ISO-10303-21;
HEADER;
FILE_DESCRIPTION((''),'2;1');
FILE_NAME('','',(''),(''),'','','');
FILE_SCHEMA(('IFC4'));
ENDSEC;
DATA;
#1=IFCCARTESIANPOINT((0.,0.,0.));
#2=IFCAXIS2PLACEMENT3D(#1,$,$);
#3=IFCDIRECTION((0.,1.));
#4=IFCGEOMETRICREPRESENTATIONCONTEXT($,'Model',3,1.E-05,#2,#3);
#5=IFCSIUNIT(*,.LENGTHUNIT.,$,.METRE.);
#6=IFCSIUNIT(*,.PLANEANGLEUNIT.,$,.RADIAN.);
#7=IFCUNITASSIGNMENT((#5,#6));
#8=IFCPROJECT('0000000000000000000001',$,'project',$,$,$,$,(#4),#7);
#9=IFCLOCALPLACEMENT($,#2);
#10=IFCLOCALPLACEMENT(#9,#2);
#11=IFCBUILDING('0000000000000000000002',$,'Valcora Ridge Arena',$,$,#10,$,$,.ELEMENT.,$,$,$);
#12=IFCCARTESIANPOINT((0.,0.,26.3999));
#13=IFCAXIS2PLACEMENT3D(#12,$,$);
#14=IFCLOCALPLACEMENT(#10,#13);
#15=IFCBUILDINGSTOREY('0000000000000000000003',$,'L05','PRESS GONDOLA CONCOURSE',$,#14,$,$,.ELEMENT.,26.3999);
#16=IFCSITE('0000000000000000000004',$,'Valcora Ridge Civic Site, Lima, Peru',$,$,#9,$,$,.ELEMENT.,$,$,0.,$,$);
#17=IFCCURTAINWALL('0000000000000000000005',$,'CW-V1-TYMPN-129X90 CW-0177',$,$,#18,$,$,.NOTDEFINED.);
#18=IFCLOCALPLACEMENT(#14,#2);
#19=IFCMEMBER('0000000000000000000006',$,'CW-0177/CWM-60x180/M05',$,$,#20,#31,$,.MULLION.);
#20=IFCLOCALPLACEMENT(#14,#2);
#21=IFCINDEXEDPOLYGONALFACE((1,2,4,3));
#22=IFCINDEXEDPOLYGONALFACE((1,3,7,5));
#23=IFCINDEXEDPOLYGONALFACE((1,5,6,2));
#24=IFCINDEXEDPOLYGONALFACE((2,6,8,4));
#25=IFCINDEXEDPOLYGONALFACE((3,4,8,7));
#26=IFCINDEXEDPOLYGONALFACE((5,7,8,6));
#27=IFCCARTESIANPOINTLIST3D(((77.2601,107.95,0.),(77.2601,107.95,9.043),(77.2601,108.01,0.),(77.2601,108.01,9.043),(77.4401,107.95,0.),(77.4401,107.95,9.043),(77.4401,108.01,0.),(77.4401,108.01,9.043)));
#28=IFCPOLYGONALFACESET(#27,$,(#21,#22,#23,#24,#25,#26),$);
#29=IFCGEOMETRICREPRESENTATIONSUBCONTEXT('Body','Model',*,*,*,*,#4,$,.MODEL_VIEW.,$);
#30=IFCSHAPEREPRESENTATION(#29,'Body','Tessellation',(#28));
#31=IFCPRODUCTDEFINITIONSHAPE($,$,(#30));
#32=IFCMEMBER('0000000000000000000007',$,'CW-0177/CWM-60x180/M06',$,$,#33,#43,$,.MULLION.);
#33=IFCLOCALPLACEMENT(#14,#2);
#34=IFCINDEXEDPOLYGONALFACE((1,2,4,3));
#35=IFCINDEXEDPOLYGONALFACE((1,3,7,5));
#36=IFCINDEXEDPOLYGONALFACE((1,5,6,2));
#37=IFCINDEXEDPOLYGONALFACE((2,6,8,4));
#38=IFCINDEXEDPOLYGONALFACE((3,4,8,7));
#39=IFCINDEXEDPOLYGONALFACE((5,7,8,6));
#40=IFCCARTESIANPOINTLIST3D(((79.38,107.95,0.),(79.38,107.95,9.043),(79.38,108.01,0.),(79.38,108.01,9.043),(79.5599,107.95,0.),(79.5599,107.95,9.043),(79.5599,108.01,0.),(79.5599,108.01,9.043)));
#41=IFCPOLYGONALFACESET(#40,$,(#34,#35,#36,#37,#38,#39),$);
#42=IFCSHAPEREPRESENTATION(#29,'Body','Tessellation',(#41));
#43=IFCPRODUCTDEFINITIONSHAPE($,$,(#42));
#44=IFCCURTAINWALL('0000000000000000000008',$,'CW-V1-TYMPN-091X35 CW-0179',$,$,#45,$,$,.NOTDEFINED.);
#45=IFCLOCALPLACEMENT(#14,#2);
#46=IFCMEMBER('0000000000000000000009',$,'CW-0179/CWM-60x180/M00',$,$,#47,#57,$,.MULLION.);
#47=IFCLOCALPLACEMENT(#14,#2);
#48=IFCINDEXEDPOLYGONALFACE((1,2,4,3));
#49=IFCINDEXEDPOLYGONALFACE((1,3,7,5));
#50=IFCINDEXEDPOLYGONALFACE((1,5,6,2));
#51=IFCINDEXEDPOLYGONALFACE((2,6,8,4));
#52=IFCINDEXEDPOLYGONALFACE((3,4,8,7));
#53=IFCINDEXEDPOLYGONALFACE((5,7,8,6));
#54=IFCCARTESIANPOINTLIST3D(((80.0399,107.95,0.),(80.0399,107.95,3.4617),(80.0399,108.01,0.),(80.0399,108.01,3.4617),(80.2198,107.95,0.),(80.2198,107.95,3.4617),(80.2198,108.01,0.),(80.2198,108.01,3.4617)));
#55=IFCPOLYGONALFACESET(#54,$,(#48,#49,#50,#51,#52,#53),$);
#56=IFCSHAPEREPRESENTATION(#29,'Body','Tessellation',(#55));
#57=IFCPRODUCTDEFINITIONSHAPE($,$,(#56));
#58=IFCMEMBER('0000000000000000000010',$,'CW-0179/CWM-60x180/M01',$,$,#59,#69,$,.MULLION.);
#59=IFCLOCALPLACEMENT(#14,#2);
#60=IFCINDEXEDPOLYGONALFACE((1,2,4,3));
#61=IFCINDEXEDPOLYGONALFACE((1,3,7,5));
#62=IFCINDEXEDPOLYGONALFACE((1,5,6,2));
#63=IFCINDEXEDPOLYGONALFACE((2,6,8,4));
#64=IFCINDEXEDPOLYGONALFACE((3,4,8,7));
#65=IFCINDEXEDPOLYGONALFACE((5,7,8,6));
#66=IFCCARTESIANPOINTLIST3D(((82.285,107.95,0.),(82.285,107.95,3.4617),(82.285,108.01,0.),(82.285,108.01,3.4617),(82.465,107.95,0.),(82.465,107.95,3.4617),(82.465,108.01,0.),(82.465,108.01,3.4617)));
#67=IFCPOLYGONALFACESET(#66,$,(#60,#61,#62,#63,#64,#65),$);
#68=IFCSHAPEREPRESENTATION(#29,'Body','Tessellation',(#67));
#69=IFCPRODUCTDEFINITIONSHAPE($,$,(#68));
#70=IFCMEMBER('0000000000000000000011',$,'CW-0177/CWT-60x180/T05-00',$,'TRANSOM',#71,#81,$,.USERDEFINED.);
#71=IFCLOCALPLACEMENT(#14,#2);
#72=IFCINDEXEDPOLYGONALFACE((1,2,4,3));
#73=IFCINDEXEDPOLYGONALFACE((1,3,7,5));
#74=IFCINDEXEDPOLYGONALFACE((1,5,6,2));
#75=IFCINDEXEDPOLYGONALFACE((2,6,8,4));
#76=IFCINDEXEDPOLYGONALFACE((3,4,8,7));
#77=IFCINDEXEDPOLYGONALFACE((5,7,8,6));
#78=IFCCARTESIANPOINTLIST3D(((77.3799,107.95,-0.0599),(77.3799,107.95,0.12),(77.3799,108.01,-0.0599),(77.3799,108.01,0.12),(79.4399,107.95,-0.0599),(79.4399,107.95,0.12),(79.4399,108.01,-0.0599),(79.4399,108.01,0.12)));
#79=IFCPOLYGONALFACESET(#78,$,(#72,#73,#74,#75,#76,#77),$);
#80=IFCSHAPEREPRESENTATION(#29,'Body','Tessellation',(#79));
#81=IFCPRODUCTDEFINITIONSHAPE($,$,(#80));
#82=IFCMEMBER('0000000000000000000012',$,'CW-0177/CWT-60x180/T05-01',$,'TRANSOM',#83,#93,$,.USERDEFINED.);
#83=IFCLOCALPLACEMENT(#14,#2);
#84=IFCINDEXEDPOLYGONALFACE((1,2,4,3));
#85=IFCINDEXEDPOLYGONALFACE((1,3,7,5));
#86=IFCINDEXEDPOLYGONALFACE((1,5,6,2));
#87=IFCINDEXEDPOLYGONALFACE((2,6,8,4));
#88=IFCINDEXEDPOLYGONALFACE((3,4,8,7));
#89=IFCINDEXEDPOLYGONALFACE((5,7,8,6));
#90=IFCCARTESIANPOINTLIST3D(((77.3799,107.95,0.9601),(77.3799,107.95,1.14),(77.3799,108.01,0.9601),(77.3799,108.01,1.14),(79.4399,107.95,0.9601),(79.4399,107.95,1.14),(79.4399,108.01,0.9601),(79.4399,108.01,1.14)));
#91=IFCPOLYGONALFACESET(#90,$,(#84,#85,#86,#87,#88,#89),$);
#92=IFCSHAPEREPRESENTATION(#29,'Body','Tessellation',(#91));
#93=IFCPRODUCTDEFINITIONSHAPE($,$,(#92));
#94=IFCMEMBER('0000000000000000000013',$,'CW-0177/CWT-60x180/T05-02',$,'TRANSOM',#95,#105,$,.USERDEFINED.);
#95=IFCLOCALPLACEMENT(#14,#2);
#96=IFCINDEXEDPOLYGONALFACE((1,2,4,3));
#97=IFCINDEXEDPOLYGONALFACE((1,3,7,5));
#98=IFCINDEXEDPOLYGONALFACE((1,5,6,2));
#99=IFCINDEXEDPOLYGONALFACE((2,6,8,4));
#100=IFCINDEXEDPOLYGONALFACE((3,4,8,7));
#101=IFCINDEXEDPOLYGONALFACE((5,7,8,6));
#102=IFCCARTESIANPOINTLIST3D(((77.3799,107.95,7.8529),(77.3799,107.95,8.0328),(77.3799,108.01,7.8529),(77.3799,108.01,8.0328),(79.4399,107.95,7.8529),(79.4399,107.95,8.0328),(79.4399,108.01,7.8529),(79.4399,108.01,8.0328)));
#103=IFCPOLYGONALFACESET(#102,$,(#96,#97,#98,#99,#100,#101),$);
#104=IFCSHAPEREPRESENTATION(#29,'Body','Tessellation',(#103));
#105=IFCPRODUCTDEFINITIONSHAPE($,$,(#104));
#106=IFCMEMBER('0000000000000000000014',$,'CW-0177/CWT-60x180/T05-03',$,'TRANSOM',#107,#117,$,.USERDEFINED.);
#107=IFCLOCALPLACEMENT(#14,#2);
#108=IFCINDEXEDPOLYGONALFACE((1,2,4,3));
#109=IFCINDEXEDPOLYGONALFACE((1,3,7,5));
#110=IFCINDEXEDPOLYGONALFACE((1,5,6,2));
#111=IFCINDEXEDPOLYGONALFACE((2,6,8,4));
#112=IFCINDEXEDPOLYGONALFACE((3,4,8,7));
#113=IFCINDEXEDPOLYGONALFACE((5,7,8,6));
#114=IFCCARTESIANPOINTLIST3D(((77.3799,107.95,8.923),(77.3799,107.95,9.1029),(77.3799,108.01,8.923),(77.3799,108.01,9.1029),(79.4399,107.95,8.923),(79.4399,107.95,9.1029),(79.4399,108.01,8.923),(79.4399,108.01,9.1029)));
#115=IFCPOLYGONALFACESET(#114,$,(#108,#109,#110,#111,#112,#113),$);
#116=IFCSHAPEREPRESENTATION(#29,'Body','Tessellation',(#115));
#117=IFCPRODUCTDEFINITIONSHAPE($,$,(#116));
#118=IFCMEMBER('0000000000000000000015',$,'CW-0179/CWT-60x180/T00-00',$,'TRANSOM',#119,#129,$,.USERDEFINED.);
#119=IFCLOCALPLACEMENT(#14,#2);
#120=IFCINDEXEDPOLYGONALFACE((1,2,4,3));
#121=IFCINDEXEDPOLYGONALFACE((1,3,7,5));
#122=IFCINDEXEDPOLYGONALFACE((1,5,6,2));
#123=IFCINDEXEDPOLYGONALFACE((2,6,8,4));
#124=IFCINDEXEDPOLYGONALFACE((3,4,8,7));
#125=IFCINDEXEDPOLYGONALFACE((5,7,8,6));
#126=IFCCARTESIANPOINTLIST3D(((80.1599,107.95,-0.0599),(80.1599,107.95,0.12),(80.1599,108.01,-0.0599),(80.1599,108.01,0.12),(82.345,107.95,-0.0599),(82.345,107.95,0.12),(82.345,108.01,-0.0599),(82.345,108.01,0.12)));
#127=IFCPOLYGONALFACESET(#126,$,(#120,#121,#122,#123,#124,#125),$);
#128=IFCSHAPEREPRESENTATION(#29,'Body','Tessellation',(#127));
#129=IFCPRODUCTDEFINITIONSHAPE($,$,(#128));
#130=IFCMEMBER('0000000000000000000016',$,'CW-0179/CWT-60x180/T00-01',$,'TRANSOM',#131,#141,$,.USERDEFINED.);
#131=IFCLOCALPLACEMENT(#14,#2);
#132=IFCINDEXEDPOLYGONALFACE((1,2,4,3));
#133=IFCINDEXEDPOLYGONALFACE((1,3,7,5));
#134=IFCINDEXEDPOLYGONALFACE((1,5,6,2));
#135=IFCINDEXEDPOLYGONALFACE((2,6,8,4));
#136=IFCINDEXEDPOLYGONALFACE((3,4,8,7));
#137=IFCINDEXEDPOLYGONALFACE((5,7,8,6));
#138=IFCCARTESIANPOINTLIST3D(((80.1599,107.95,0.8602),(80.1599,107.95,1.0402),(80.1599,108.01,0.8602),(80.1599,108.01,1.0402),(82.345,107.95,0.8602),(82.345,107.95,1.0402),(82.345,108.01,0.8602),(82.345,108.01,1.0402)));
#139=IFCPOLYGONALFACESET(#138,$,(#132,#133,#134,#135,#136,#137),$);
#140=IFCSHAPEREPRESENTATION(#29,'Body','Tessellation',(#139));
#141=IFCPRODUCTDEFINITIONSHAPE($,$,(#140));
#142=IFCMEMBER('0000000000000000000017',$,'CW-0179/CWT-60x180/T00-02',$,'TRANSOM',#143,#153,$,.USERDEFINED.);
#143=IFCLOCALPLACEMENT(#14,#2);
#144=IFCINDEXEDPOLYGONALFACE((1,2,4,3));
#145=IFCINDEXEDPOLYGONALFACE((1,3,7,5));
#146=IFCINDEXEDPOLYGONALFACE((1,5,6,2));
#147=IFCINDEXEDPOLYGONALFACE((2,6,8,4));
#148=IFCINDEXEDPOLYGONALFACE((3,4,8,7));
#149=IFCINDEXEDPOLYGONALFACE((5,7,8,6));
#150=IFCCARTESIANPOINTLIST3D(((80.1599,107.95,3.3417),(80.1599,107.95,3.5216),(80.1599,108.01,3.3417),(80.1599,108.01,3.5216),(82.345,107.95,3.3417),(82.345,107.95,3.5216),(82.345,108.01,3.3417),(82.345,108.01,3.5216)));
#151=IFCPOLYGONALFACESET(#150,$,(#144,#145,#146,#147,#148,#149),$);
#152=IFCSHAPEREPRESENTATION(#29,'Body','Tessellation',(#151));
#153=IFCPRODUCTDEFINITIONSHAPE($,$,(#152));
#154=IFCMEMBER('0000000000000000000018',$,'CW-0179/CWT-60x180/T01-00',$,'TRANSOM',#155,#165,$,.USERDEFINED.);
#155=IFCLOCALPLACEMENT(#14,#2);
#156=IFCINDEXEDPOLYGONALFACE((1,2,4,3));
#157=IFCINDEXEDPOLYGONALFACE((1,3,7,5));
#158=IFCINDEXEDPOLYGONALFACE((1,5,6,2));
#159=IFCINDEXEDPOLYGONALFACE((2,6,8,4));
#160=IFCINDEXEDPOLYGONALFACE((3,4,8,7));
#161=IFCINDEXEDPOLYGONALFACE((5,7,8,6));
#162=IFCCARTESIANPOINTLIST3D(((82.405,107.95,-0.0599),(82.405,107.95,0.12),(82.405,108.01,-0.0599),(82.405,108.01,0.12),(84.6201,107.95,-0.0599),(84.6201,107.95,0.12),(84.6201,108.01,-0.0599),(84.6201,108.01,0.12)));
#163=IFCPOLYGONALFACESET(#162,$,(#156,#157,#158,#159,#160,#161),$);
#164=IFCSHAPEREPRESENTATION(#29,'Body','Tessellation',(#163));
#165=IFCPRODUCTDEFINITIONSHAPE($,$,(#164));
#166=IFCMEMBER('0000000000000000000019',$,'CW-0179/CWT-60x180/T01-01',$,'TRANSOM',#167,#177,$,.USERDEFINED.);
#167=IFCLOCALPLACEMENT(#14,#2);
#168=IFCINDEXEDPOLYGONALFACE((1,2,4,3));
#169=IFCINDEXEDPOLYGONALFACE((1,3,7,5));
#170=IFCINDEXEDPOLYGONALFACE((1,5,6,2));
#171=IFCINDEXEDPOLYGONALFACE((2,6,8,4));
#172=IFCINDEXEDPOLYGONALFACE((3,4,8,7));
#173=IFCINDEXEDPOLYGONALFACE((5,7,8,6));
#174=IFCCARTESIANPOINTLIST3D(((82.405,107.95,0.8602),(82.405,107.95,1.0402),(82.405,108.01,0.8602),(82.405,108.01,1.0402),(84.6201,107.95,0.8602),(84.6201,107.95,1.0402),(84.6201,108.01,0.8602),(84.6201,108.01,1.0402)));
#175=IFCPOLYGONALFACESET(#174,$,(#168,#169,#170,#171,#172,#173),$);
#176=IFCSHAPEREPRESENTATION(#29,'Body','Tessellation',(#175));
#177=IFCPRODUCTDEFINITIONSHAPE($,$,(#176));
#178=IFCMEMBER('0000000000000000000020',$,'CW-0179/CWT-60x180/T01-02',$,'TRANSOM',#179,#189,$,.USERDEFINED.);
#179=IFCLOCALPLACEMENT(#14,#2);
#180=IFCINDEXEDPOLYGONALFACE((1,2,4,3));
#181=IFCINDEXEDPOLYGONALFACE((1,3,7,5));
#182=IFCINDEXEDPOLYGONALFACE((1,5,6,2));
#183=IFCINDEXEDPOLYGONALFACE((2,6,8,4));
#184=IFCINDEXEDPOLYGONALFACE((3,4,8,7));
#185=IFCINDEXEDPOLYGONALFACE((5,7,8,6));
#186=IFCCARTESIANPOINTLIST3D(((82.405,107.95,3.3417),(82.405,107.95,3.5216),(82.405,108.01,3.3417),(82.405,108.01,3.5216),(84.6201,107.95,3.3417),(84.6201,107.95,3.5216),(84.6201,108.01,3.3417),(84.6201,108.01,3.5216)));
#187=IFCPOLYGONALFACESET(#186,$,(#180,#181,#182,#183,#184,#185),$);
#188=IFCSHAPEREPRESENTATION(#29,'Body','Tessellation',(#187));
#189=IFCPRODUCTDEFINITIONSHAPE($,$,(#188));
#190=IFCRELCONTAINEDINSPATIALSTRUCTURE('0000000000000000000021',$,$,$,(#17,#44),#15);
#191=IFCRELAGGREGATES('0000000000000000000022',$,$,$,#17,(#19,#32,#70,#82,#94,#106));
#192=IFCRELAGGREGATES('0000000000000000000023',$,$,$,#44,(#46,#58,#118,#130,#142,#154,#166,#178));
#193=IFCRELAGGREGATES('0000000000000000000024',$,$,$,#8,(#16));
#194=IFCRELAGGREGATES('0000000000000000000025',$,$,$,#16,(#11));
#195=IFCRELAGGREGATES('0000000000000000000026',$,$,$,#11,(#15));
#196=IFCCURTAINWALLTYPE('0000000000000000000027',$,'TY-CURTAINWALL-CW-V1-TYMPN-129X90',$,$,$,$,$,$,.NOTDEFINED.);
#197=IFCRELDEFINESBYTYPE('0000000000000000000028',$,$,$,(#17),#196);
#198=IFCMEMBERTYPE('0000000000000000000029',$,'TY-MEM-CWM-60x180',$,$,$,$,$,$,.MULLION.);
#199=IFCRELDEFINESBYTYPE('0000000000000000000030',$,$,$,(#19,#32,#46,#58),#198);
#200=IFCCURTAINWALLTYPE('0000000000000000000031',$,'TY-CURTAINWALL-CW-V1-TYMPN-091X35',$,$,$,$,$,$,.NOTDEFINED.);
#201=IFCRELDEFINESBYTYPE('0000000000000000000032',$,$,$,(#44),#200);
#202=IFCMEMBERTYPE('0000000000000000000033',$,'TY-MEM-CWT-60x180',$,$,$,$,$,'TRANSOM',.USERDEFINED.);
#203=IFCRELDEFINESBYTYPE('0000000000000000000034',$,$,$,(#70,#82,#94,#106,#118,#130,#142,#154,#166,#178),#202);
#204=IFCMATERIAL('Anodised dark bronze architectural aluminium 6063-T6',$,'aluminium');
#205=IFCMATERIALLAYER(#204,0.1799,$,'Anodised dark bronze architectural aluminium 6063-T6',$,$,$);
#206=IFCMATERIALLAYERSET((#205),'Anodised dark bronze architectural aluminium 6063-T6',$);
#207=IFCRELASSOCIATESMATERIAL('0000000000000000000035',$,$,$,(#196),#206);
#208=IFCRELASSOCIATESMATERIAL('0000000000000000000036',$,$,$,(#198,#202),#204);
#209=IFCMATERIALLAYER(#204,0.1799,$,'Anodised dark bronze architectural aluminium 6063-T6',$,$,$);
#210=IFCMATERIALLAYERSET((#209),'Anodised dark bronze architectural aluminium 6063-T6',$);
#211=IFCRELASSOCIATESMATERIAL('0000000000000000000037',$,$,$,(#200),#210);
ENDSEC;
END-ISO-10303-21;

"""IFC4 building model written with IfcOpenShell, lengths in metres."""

from ifc_helpers import new_model, si_unit, direction, frame, origin, origin_2d, place, context, subcontext, project, spatial, rectangle, extrude, material, layer, layer_set, material_profile, profile_set, type_object, element, aggregate, save


model = new_model("IFC4")

# Units and contexts
model_context = context("Model", 3, precision=1e-05, world=origin(), true_north=direction((0.0, 1.0)))
body_context = subcontext(model_context, "Body", "Model", "MODEL_VIEW")
ifc_project = project(units=[si_unit("LENGTHUNIT", "METRE"), si_unit("PLANEANGLEUNIT", "RADIAN")], contexts=[model_context])

# Site, building, storey
site_placement = place(None, origin())
site = spatial("IfcSite", under=ifc_project, at=site_placement, Name="Valcora Ridge Civic Site, Lima, Peru", CompositionType="ELEMENT", RefElevation=0.0)
building_placement = place(site_placement, origin())
building = spatial("IfcBuilding", under=site, at=building_placement, Name="Valcora Ridge Arena", CompositionType="ELEMENT")
storey_placement = place(building_placement, frame((0.0, 0.0, 26.3999)))
storey = spatial("IfcBuildingStorey", under=building, at=storey_placement, Name="L05", Description="PRESS GONDOLA CONCOURSE", CompositionType="ELEMENT", Elevation=26.3999)

# Curtain walls, members
ifc_material_1 = material(Name="Anodised dark bronze architectural aluminium 6063-T6", Category="aluminium")
ifc_layer_1 = layer(ifc_material_1, 0.1799, Name="Anodised dark bronze architectural aluminium 6063-T6")
ifc_layer_set_1 = layer_set([ifc_layer_1], Name="Anodised dark bronze architectural aluminium 6063-T6")
curtain_wall_type_1 = type_object("IfcCurtainWallType", Name="TY-CURTAINWALL-CW-V1-TYMPN-129X90", PredefinedType="NOTDEFINED", material=ifc_layer_set_1)
curtain_wall_1_placement = place(storey_placement, origin())
curtain_wall_1 = element("IfcCurtainWall", 1, at=curtain_wall_1_placement, inside=storey, type_object=curtain_wall_type_1, Name="CW-V1-TYMPN-129X90 CW-0177", PredefinedType="NOTDEFINED")
ifc_material_profile_1 = material_profile(ifc_material_1, rectangle(XDim=0.0601, YDim=0.1799, at=origin_2d()), Name="ALU MULLION 60x180")
ifc_profile_set_1 = profile_set([ifc_material_profile_1], Name="Anodised dark bronze architectural aluminium 6063-T6")
member_type_1 = type_object("IfcMemberType", Name="TY-MEM-CWM-60x180", PredefinedType="MULLION", material=ifc_profile_set_1)
member_1_placement = place(storey_placement, frame((77.3501, 107.98, 0.0), z_axis=(0.0, 0.0, 1.0), x_axis=(0.0, 1.0, 0.0)))
member_1 = element("IfcMember", 2, at=member_1_placement, type_object=member_type_1, Name="CW-0177/CWM-60x180/M05", PredefinedType="MULLION", context=body_context, shape_type="SweptSolid", body=[
    extrude(rectangle(XDim=0.0601, YDim=0.1799, at=origin_2d()), origin(), (0.0, 0.0, 1.0), 9.043),
])
member_2_placement = place(storey_placement, frame((79.47, 107.98, 0.0), z_axis=(0.0, 0.0, 1.0), x_axis=(0.0, 1.0, 0.0)))
member_2 = element("IfcMember", 3, at=member_2_placement, type_object=member_type_1, Name="CW-0177/CWM-60x180/M06", PredefinedType="MULLION", context=body_context, shape_type="SweptSolid", body=[
    extrude(rectangle(XDim=0.0601, YDim=0.1799, at=origin_2d()), origin(), (0.0, 0.0, 1.0), 9.043),
])
ifc_layer_2 = layer(ifc_material_1, 0.1799, Name="Anodised dark bronze architectural aluminium 6063-T6")
ifc_layer_set_2 = layer_set([ifc_layer_2], Name="Anodised dark bronze architectural aluminium 6063-T6")
curtain_wall_type_2 = type_object("IfcCurtainWallType", Name="TY-CURTAINWALL-CW-V1-TYMPN-091X35", PredefinedType="NOTDEFINED", material=ifc_layer_set_2)
curtain_wall_2_placement = place(storey_placement, origin())
curtain_wall_2 = element("IfcCurtainWall", 4, at=curtain_wall_2_placement, inside=storey, type_object=curtain_wall_type_2, Name="CW-V1-TYMPN-091X35 CW-0179", PredefinedType="NOTDEFINED")
member_3_placement = place(storey_placement, frame((80.1299, 107.98, 0.0), z_axis=(0.0, 0.0, 1.0), x_axis=(0.0, 1.0, 0.0)))
member_3 = element("IfcMember", 5, at=member_3_placement, type_object=member_type_1, Name="CW-0179/CWM-60x180/M00", PredefinedType="MULLION", context=body_context, shape_type="SweptSolid", body=[
    extrude(rectangle(XDim=0.0601, YDim=0.1799, at=origin_2d()), origin(), (0.0, 0.0, 1.0), 3.4617),
])
member_4_placement = place(storey_placement, frame((82.375, 107.98, 0.0), z_axis=(0.0, 0.0, 1.0), x_axis=(0.0, 1.0, 0.0)))
member_4 = element("IfcMember", 6, at=member_4_placement, type_object=member_type_1, Name="CW-0179/CWM-60x180/M01", PredefinedType="MULLION", context=body_context, shape_type="SweptSolid", body=[
    extrude(rectangle(XDim=0.0601, YDim=0.1799, at=origin_2d()), origin(), (0.0, 0.0, 1.0), 3.4617),
])

# Members
ifc_material_profile_2 = material_profile(ifc_material_1, rectangle(XDim=0.0601, YDim=0.1799, at=origin_2d()), Name="ALU TRANSOM 60x180")
ifc_profile_set_2 = profile_set([ifc_material_profile_2], Name="Anodised dark bronze architectural aluminium 6063-T6")
member_type_2 = type_object("IfcMemberType", Name="TY-MEM-CWT-60x180", ElementType="TRANSOM", PredefinedType="USERDEFINED", material=ifc_profile_set_2)
member_5_placement = place(storey_placement, frame((77.3799, 107.98, 0.03), z_axis=(1.0, 0.0, 0.0), x_axis=(0.0, 1.0, 0.0)))
member_5 = element("IfcMember", 7, at=member_5_placement, type_object=member_type_2, Name="CW-0177/CWT-60x180/T05-00", ObjectType="TRANSOM", PredefinedType="USERDEFINED", context=body_context, shape_type="SweptSolid", body=[
    extrude(rectangle(XDim=0.0601, YDim=0.1799, at=origin_2d()), origin(), (0.0, 0.0, 1.0), 2.0601),
])
member_6_placement = place(storey_placement, frame((77.3799, 107.98, 1.05), z_axis=(1.0, 0.0, 0.0), x_axis=(0.0, 1.0, 0.0)))
member_6 = element("IfcMember", 8, at=member_6_placement, type_object=member_type_2, Name="CW-0177/CWT-60x180/T05-01", ObjectType="TRANSOM", PredefinedType="USERDEFINED", context=body_context, shape_type="SweptSolid", body=[
    extrude(rectangle(XDim=0.0601, YDim=0.1799, at=origin_2d()), origin(), (0.0, 0.0, 1.0), 2.0601),
])
member_7_placement = place(storey_placement, frame((77.3799, 107.98, 7.9429), z_axis=(1.0, 0.0, 0.0), x_axis=(0.0, 1.0, 0.0)))
member_7 = element("IfcMember", 9, at=member_7_placement, type_object=member_type_2, Name="CW-0177/CWT-60x180/T05-02", ObjectType="TRANSOM", PredefinedType="USERDEFINED", context=body_context, shape_type="SweptSolid", body=[
    extrude(rectangle(XDim=0.0601, YDim=0.1799, at=origin_2d()), origin(), (0.0, 0.0, 1.0), 2.0601),
])
member_8_placement = place(storey_placement, frame((77.3799, 107.98, 9.0129), z_axis=(1.0, 0.0, 0.0), x_axis=(0.0, 1.0, 0.0)))
member_8 = element("IfcMember", 10, at=member_8_placement, type_object=member_type_2, Name="CW-0177/CWT-60x180/T05-03", ObjectType="TRANSOM", PredefinedType="USERDEFINED", context=body_context, shape_type="SweptSolid", body=[
    extrude(rectangle(XDim=0.0601, YDim=0.1799, at=origin_2d()), origin(), (0.0, 0.0, 1.0), 2.0601),
])
member_9_placement = place(storey_placement, frame((80.1599, 107.98, 0.03), z_axis=(1.0, 0.0, 0.0), x_axis=(0.0, 1.0, 0.0)))
member_9 = element("IfcMember", 11, at=member_9_placement, type_object=member_type_2, Name="CW-0179/CWT-60x180/T00-00", ObjectType="TRANSOM", PredefinedType="USERDEFINED", context=body_context, shape_type="SweptSolid", body=[
    extrude(rectangle(XDim=0.0601, YDim=0.1799, at=origin_2d()), origin(), (0.0, 0.0, 1.0), 2.1851),
])
member_10_placement = place(storey_placement, frame((80.1599, 107.98, 0.9502), z_axis=(1.0, 0.0, 0.0), x_axis=(0.0, 1.0, 0.0)))
member_10 = element("IfcMember", 12, at=member_10_placement, type_object=member_type_2, Name="CW-0179/CWT-60x180/T00-01", ObjectType="TRANSOM", PredefinedType="USERDEFINED", context=body_context, shape_type="SweptSolid", body=[
    extrude(rectangle(XDim=0.0601, YDim=0.1799, at=origin_2d()), origin(), (0.0, 0.0, 1.0), 2.1851),
])
member_11_placement = place(storey_placement, frame((80.1599, 107.98, 3.4316), z_axis=(1.0, 0.0, 0.0), x_axis=(0.0, 1.0, 0.0)))
member_11 = element("IfcMember", 13, at=member_11_placement, type_object=member_type_2, Name="CW-0179/CWT-60x180/T00-02", ObjectType="TRANSOM", PredefinedType="USERDEFINED", context=body_context, shape_type="SweptSolid", body=[
    extrude(rectangle(XDim=0.0601, YDim=0.1799, at=origin_2d()), origin(), (0.0, 0.0, 1.0), 2.1851),
])
member_12_placement = place(storey_placement, frame((82.405, 107.98, 0.03), z_axis=(1.0, 0.0, 0.0), x_axis=(0.0, 1.0, 0.0)))
member_12 = element("IfcMember", 14, at=member_12_placement, type_object=member_type_2, Name="CW-0179/CWT-60x180/T01-00", ObjectType="TRANSOM", PredefinedType="USERDEFINED", context=body_context, shape_type="SweptSolid", body=[
    extrude(rectangle(XDim=0.0601, YDim=0.1799, at=origin_2d()), origin(), (0.0, 0.0, 1.0), 2.2151),
])
member_13_placement = place(storey_placement, frame((82.405, 107.98, 0.9502), z_axis=(1.0, 0.0, 0.0), x_axis=(0.0, 1.0, 0.0)))
member_13 = element("IfcMember", 15, at=member_13_placement, type_object=member_type_2, Name="CW-0179/CWT-60x180/T01-01", ObjectType="TRANSOM", PredefinedType="USERDEFINED", context=body_context, shape_type="SweptSolid", body=[
    extrude(rectangle(XDim=0.0601, YDim=0.1799, at=origin_2d()), origin(), (0.0, 0.0, 1.0), 2.2151),
])
member_14_placement = place(storey_placement, frame((82.405, 107.98, 3.4316), z_axis=(1.0, 0.0, 0.0), x_axis=(0.0, 1.0, 0.0)))
member_14 = element("IfcMember", 16, at=member_14_placement, type_object=member_type_2, Name="CW-0179/CWT-60x180/T01-02", ObjectType="TRANSOM", PredefinedType="USERDEFINED", context=body_context, shape_type="SweptSolid", body=[
    extrude(rectangle(XDim=0.0601, YDim=0.1799, at=origin_2d()), origin(), (0.0, 0.0, 1.0), 2.2151),
])

aggregate(curtain_wall_1, [member_1, member_2, member_5, member_6, member_7, member_8])
aggregate(curtain_wall_2, [member_3, member_4, member_9, member_10, member_11, member_12, member_13, member_14])

save(model, "model.ifc")
